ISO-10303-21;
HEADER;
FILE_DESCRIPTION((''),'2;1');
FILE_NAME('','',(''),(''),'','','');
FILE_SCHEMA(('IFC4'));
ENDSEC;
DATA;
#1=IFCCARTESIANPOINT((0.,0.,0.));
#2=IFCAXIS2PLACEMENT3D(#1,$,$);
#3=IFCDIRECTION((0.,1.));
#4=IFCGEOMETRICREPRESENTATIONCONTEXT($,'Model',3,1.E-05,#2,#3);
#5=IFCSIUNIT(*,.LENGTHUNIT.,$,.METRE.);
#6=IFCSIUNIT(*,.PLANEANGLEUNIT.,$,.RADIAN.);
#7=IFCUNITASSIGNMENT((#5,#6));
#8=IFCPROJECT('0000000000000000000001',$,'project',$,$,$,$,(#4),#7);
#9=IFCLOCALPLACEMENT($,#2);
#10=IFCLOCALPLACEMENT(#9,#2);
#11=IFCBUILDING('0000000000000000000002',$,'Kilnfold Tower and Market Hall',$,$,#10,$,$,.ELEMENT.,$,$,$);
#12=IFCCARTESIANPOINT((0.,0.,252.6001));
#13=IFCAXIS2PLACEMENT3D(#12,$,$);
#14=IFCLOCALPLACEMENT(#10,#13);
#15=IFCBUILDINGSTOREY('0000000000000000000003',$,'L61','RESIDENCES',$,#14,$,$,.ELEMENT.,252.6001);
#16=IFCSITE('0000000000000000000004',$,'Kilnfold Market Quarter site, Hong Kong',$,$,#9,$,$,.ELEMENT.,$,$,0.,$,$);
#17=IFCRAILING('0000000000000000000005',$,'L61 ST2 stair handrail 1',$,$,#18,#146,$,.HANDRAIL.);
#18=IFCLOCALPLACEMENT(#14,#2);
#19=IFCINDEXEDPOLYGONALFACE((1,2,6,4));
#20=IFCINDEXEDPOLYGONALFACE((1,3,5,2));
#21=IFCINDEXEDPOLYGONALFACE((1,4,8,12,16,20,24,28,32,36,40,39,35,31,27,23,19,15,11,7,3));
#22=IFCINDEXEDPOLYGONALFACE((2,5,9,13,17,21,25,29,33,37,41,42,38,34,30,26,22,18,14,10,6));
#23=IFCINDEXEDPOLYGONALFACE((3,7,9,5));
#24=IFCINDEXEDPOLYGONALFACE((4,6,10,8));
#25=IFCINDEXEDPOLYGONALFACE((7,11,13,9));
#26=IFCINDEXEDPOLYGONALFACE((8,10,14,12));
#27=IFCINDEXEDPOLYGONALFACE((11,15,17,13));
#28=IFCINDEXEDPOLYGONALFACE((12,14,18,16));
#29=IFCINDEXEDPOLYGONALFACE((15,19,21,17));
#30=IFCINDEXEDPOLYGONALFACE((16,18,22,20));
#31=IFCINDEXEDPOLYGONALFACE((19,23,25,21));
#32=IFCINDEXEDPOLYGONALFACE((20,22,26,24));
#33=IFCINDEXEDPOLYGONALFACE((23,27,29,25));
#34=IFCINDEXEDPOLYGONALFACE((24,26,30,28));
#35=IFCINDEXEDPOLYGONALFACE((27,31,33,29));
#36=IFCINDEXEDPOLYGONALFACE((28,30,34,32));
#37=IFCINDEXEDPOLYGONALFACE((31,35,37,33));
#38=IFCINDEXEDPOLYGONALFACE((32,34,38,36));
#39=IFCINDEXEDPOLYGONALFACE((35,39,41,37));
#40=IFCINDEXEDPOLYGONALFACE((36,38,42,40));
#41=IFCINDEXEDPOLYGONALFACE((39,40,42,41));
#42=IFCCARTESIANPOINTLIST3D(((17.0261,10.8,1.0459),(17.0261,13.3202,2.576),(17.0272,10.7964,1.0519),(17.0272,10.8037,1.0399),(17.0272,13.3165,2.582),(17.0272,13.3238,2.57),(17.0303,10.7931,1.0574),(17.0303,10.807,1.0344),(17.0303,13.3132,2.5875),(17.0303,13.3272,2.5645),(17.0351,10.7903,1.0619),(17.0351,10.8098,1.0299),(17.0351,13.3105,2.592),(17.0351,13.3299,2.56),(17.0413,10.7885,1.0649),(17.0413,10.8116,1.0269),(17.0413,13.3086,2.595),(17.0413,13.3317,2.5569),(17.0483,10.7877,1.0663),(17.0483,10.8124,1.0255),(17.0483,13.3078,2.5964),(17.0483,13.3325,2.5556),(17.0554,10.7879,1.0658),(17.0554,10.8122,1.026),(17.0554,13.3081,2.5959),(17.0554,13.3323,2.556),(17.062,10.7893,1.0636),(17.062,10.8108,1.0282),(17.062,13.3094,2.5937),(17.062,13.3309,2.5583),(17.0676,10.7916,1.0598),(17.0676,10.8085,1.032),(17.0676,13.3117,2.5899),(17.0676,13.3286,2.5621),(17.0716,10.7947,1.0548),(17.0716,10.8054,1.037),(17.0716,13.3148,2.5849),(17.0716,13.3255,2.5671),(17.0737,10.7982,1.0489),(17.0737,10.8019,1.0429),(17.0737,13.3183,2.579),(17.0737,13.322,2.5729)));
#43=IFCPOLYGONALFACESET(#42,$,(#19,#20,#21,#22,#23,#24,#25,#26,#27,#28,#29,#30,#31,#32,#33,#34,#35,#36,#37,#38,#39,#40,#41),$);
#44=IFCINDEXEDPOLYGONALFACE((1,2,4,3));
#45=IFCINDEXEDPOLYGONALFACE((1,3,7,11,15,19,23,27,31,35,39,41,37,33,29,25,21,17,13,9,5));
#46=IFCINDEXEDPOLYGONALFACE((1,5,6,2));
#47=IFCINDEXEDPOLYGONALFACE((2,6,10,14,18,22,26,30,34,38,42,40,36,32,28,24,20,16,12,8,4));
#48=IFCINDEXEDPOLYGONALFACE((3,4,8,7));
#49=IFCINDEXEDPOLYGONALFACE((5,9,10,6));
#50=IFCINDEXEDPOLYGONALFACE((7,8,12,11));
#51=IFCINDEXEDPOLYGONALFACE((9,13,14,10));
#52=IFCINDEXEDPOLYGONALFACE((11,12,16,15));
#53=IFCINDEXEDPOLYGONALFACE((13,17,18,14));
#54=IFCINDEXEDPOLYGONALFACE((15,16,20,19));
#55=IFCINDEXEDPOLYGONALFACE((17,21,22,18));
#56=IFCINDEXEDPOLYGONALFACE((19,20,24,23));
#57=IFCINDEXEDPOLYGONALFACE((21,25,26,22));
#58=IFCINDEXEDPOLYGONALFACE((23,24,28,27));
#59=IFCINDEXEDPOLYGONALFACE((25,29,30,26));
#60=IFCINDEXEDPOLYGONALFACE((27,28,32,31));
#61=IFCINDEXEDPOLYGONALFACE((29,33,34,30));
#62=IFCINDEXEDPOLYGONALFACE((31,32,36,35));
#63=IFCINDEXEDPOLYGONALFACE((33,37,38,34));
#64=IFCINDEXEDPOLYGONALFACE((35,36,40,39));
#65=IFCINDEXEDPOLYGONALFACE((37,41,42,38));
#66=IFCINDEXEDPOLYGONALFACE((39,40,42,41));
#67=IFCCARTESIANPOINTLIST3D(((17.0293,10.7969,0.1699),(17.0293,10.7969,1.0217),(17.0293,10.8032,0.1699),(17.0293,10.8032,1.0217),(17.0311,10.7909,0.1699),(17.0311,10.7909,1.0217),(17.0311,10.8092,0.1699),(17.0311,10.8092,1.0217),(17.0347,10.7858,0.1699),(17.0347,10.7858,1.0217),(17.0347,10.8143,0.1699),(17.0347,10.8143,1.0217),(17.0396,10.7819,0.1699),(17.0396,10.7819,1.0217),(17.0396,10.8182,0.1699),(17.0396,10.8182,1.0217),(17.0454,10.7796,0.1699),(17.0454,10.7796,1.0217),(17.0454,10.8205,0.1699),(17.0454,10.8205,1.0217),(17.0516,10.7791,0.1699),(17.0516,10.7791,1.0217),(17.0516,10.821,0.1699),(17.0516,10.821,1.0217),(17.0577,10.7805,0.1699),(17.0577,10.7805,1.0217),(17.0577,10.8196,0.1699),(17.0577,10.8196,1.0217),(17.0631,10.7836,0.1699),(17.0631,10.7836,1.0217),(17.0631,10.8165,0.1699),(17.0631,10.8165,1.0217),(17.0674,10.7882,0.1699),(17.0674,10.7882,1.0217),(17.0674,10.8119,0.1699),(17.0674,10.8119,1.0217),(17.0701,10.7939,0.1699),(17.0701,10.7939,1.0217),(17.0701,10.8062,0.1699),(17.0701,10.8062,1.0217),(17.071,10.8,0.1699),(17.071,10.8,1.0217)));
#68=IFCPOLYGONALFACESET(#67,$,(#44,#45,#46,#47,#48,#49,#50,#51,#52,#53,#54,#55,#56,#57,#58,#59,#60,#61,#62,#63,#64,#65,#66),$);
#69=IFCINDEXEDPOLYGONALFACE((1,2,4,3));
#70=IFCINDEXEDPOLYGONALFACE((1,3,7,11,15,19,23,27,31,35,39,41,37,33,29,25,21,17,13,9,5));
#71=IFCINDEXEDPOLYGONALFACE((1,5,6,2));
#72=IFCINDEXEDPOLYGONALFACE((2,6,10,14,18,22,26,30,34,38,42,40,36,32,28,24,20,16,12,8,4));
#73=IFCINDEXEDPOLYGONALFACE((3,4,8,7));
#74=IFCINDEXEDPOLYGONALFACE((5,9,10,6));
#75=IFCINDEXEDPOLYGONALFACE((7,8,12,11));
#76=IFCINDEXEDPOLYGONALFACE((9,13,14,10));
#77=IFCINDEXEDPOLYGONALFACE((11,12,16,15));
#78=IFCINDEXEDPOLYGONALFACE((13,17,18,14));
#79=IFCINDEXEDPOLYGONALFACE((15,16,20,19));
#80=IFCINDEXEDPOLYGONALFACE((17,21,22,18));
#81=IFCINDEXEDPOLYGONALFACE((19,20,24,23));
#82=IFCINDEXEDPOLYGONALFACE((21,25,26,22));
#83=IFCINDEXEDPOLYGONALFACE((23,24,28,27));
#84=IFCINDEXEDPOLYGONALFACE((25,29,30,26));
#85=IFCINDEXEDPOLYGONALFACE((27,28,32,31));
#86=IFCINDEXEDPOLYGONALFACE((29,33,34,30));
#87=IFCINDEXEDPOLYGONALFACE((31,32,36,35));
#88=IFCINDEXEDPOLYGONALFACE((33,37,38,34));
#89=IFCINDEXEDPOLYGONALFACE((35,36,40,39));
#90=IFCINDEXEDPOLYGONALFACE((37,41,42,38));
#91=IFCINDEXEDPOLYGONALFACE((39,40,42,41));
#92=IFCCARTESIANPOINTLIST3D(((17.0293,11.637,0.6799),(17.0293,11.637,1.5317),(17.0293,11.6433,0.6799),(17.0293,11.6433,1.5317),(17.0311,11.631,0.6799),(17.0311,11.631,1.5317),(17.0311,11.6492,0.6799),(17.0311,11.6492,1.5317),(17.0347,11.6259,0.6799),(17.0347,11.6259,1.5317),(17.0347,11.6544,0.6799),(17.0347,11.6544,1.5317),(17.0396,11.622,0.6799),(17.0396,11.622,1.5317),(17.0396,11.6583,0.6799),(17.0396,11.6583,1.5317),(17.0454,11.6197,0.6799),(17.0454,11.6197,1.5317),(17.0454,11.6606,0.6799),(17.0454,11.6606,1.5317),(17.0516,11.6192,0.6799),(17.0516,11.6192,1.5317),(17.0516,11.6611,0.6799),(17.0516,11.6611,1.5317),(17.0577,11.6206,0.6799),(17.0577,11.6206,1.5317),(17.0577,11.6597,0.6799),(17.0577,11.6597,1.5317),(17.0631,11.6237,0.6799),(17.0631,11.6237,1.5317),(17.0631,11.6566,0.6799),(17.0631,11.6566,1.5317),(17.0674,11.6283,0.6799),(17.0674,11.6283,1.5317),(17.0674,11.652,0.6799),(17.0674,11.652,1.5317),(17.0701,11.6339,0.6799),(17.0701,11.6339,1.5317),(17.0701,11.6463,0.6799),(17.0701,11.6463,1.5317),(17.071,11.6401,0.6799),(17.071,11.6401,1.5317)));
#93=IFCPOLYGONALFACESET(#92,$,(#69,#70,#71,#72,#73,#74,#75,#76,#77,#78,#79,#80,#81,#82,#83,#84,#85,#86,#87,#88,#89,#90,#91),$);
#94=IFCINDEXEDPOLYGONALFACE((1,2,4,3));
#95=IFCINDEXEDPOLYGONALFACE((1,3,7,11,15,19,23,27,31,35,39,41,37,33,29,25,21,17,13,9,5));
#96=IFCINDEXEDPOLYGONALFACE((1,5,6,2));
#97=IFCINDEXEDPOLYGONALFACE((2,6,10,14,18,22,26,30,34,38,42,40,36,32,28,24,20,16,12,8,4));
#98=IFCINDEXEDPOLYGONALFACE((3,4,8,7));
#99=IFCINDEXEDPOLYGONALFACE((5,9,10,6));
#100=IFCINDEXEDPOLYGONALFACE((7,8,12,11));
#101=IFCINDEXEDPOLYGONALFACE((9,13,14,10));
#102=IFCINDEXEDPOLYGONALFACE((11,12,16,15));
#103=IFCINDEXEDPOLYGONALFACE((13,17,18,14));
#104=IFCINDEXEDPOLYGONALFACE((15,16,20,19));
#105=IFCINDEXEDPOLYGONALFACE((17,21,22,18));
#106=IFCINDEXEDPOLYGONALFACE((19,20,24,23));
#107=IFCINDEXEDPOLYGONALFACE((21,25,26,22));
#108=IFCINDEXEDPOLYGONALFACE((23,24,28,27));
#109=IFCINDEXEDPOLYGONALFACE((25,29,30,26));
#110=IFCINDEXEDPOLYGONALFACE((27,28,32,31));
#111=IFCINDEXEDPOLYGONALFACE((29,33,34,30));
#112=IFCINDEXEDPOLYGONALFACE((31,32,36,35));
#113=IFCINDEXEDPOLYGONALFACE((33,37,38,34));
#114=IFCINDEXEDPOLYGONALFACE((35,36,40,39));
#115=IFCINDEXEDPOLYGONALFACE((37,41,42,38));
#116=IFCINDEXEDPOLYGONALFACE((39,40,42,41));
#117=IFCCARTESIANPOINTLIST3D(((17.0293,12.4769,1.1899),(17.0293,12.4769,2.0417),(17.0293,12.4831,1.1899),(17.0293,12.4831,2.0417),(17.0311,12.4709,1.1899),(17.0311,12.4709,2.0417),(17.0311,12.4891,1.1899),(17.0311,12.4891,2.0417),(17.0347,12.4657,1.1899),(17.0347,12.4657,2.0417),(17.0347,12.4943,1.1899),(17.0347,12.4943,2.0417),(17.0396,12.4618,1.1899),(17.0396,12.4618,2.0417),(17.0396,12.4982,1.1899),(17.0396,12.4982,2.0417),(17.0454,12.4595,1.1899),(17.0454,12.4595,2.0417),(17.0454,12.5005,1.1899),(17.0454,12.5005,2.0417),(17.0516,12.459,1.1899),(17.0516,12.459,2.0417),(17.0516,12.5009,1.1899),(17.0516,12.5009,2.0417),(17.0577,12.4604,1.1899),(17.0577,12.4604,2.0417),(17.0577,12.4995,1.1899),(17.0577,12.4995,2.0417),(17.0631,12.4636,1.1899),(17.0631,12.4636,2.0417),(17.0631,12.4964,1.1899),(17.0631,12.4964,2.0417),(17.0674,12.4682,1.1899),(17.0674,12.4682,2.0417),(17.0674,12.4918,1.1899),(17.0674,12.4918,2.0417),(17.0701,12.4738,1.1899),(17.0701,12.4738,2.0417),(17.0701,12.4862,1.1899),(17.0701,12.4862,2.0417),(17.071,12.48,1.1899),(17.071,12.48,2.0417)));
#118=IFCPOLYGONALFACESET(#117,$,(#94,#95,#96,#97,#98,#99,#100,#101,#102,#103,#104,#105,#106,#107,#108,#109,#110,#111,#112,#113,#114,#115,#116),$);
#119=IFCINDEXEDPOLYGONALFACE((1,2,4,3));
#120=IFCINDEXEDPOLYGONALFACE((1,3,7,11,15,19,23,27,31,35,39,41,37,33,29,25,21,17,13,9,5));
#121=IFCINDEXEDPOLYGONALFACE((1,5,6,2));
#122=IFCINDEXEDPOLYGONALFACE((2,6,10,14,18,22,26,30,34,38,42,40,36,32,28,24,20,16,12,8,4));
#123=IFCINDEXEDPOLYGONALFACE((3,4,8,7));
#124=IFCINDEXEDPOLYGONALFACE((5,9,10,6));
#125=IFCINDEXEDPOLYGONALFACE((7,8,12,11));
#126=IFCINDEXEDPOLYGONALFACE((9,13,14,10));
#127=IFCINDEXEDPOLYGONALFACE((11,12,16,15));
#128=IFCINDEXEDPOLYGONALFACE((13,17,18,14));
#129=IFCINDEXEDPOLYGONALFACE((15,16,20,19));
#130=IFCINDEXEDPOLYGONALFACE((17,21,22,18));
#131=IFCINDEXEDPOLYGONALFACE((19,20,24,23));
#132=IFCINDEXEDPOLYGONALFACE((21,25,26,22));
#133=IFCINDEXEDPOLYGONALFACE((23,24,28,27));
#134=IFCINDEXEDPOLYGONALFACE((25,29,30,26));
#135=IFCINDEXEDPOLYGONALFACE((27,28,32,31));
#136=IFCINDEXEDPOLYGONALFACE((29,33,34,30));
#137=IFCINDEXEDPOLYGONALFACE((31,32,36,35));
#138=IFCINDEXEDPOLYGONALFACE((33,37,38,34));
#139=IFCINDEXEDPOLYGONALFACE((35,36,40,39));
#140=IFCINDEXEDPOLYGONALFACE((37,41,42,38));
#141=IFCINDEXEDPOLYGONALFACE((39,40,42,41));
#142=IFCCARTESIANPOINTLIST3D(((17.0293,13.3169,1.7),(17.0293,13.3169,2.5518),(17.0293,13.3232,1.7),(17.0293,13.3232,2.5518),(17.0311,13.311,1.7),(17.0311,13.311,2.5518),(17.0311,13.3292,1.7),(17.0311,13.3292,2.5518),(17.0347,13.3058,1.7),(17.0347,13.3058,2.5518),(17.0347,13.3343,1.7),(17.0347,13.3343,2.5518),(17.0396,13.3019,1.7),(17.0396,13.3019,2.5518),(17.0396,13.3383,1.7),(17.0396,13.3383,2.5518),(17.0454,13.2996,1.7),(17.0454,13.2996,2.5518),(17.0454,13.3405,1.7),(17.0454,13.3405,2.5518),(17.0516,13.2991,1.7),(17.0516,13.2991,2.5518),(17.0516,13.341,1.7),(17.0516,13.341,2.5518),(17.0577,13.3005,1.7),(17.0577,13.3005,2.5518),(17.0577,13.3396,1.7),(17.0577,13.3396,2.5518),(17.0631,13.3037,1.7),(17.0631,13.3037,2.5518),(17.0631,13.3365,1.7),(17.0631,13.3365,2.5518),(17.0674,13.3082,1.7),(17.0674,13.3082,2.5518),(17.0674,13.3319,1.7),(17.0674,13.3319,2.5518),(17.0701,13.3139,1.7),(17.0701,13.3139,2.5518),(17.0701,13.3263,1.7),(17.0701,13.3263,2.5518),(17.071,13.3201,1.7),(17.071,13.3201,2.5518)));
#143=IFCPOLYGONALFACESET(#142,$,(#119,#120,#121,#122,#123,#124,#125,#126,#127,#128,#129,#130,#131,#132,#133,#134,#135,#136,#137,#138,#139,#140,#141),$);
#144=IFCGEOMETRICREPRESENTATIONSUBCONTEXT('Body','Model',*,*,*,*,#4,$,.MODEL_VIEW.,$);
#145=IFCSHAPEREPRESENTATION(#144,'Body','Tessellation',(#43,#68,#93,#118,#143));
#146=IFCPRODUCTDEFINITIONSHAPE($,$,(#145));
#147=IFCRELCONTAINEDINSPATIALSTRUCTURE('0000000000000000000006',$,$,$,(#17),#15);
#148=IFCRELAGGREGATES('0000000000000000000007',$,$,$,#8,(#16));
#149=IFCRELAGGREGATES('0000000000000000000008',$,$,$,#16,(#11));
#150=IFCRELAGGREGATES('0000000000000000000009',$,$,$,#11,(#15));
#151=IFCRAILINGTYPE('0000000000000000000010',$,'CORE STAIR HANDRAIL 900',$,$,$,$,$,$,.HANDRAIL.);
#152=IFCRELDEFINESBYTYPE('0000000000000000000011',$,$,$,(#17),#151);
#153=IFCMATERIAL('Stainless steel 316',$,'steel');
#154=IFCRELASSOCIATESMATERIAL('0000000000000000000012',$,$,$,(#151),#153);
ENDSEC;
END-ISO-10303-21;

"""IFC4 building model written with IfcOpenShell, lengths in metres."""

from ifc_helpers import new_model, si_unit, direction, frame, origin, origin_2d, place, context, subcontext, project, spatial, circle, extrude, material, type_object, element, save


model = new_model("IFC4")

# Units and contexts
model_context = context("Model", 3, precision=1e-05, world=origin(), true_north=direction((0.0, 1.0)))
body_context = subcontext(model_context, "Body", "Model", "MODEL_VIEW")
ifc_project = project(units=[si_unit("LENGTHUNIT", "METRE"), si_unit("PLANEANGLEUNIT", "RADIAN")], contexts=[model_context])

# Site, building, storey
site_placement = place(None, origin())
site = spatial("IfcSite", under=ifc_project, at=site_placement, Name="Kilnfold Market Quarter site, Hong Kong", CompositionType="ELEMENT", RefElevation=0.0)
building_placement = place(site_placement, origin())
building = spatial("IfcBuilding", under=site, at=building_placement, Name="Kilnfold Tower and Market Hall", CompositionType="ELEMENT")
storey_placement = place(building_placement, frame((0.0, 0.0, 252.6001)))
storey = spatial("IfcBuildingStorey", under=building, at=storey_placement, Name="L61", Description="RESIDENCES", CompositionType="ELEMENT", Elevation=252.6001)

# Railing
ifc_material_1 = material(Name="Stainless steel 316", Category="steel")
railing_type_1 = type_object("IfcRailingType", Name="CORE STAIR HANDRAIL 900", PredefinedType="HANDRAIL", material=ifc_material_1)
railing_1_placement = place(storey_placement, frame((17.05, 10.8, 0.1699)))
element("IfcRailing", 1, at=railing_1_placement, inside=storey, type_object=railing_type_1, Name="L61 ST2 stair handrail 1", PredefinedType="HANDRAIL", context=body_context, shape_type="SweptSolid", body=[
    extrude(circle(Radius=0.0239, at=origin_2d()), frame((0.0, 0.0, 0.876), z_axis=(0.0, 0.854785, 0.518982), x_axis=(-1.0, 0.0, 0.0)), (0.0, 0.0, 1.0), 2.9482),
    extrude(circle(Radius=0.021, at=origin_2d()), origin(), (0.0, 0.0, 1.0), 0.8518),
    extrude(circle(Radius=0.021, at=origin_2d()), frame((0.0, 0.8401, 0.51)), (0.0, 0.0, 1.0), 0.8518),
    extrude(circle(Radius=0.021, at=origin_2d()), frame((0.0, 1.6799, 1.02)), (0.0, 0.0, 1.0), 0.8518),
    extrude(circle(Radius=0.021, at=origin_2d()), frame((0.0, 2.52, 1.53)), (0.0, 0.0, 1.0), 0.8518),
])

save(model, "model.ifc")
